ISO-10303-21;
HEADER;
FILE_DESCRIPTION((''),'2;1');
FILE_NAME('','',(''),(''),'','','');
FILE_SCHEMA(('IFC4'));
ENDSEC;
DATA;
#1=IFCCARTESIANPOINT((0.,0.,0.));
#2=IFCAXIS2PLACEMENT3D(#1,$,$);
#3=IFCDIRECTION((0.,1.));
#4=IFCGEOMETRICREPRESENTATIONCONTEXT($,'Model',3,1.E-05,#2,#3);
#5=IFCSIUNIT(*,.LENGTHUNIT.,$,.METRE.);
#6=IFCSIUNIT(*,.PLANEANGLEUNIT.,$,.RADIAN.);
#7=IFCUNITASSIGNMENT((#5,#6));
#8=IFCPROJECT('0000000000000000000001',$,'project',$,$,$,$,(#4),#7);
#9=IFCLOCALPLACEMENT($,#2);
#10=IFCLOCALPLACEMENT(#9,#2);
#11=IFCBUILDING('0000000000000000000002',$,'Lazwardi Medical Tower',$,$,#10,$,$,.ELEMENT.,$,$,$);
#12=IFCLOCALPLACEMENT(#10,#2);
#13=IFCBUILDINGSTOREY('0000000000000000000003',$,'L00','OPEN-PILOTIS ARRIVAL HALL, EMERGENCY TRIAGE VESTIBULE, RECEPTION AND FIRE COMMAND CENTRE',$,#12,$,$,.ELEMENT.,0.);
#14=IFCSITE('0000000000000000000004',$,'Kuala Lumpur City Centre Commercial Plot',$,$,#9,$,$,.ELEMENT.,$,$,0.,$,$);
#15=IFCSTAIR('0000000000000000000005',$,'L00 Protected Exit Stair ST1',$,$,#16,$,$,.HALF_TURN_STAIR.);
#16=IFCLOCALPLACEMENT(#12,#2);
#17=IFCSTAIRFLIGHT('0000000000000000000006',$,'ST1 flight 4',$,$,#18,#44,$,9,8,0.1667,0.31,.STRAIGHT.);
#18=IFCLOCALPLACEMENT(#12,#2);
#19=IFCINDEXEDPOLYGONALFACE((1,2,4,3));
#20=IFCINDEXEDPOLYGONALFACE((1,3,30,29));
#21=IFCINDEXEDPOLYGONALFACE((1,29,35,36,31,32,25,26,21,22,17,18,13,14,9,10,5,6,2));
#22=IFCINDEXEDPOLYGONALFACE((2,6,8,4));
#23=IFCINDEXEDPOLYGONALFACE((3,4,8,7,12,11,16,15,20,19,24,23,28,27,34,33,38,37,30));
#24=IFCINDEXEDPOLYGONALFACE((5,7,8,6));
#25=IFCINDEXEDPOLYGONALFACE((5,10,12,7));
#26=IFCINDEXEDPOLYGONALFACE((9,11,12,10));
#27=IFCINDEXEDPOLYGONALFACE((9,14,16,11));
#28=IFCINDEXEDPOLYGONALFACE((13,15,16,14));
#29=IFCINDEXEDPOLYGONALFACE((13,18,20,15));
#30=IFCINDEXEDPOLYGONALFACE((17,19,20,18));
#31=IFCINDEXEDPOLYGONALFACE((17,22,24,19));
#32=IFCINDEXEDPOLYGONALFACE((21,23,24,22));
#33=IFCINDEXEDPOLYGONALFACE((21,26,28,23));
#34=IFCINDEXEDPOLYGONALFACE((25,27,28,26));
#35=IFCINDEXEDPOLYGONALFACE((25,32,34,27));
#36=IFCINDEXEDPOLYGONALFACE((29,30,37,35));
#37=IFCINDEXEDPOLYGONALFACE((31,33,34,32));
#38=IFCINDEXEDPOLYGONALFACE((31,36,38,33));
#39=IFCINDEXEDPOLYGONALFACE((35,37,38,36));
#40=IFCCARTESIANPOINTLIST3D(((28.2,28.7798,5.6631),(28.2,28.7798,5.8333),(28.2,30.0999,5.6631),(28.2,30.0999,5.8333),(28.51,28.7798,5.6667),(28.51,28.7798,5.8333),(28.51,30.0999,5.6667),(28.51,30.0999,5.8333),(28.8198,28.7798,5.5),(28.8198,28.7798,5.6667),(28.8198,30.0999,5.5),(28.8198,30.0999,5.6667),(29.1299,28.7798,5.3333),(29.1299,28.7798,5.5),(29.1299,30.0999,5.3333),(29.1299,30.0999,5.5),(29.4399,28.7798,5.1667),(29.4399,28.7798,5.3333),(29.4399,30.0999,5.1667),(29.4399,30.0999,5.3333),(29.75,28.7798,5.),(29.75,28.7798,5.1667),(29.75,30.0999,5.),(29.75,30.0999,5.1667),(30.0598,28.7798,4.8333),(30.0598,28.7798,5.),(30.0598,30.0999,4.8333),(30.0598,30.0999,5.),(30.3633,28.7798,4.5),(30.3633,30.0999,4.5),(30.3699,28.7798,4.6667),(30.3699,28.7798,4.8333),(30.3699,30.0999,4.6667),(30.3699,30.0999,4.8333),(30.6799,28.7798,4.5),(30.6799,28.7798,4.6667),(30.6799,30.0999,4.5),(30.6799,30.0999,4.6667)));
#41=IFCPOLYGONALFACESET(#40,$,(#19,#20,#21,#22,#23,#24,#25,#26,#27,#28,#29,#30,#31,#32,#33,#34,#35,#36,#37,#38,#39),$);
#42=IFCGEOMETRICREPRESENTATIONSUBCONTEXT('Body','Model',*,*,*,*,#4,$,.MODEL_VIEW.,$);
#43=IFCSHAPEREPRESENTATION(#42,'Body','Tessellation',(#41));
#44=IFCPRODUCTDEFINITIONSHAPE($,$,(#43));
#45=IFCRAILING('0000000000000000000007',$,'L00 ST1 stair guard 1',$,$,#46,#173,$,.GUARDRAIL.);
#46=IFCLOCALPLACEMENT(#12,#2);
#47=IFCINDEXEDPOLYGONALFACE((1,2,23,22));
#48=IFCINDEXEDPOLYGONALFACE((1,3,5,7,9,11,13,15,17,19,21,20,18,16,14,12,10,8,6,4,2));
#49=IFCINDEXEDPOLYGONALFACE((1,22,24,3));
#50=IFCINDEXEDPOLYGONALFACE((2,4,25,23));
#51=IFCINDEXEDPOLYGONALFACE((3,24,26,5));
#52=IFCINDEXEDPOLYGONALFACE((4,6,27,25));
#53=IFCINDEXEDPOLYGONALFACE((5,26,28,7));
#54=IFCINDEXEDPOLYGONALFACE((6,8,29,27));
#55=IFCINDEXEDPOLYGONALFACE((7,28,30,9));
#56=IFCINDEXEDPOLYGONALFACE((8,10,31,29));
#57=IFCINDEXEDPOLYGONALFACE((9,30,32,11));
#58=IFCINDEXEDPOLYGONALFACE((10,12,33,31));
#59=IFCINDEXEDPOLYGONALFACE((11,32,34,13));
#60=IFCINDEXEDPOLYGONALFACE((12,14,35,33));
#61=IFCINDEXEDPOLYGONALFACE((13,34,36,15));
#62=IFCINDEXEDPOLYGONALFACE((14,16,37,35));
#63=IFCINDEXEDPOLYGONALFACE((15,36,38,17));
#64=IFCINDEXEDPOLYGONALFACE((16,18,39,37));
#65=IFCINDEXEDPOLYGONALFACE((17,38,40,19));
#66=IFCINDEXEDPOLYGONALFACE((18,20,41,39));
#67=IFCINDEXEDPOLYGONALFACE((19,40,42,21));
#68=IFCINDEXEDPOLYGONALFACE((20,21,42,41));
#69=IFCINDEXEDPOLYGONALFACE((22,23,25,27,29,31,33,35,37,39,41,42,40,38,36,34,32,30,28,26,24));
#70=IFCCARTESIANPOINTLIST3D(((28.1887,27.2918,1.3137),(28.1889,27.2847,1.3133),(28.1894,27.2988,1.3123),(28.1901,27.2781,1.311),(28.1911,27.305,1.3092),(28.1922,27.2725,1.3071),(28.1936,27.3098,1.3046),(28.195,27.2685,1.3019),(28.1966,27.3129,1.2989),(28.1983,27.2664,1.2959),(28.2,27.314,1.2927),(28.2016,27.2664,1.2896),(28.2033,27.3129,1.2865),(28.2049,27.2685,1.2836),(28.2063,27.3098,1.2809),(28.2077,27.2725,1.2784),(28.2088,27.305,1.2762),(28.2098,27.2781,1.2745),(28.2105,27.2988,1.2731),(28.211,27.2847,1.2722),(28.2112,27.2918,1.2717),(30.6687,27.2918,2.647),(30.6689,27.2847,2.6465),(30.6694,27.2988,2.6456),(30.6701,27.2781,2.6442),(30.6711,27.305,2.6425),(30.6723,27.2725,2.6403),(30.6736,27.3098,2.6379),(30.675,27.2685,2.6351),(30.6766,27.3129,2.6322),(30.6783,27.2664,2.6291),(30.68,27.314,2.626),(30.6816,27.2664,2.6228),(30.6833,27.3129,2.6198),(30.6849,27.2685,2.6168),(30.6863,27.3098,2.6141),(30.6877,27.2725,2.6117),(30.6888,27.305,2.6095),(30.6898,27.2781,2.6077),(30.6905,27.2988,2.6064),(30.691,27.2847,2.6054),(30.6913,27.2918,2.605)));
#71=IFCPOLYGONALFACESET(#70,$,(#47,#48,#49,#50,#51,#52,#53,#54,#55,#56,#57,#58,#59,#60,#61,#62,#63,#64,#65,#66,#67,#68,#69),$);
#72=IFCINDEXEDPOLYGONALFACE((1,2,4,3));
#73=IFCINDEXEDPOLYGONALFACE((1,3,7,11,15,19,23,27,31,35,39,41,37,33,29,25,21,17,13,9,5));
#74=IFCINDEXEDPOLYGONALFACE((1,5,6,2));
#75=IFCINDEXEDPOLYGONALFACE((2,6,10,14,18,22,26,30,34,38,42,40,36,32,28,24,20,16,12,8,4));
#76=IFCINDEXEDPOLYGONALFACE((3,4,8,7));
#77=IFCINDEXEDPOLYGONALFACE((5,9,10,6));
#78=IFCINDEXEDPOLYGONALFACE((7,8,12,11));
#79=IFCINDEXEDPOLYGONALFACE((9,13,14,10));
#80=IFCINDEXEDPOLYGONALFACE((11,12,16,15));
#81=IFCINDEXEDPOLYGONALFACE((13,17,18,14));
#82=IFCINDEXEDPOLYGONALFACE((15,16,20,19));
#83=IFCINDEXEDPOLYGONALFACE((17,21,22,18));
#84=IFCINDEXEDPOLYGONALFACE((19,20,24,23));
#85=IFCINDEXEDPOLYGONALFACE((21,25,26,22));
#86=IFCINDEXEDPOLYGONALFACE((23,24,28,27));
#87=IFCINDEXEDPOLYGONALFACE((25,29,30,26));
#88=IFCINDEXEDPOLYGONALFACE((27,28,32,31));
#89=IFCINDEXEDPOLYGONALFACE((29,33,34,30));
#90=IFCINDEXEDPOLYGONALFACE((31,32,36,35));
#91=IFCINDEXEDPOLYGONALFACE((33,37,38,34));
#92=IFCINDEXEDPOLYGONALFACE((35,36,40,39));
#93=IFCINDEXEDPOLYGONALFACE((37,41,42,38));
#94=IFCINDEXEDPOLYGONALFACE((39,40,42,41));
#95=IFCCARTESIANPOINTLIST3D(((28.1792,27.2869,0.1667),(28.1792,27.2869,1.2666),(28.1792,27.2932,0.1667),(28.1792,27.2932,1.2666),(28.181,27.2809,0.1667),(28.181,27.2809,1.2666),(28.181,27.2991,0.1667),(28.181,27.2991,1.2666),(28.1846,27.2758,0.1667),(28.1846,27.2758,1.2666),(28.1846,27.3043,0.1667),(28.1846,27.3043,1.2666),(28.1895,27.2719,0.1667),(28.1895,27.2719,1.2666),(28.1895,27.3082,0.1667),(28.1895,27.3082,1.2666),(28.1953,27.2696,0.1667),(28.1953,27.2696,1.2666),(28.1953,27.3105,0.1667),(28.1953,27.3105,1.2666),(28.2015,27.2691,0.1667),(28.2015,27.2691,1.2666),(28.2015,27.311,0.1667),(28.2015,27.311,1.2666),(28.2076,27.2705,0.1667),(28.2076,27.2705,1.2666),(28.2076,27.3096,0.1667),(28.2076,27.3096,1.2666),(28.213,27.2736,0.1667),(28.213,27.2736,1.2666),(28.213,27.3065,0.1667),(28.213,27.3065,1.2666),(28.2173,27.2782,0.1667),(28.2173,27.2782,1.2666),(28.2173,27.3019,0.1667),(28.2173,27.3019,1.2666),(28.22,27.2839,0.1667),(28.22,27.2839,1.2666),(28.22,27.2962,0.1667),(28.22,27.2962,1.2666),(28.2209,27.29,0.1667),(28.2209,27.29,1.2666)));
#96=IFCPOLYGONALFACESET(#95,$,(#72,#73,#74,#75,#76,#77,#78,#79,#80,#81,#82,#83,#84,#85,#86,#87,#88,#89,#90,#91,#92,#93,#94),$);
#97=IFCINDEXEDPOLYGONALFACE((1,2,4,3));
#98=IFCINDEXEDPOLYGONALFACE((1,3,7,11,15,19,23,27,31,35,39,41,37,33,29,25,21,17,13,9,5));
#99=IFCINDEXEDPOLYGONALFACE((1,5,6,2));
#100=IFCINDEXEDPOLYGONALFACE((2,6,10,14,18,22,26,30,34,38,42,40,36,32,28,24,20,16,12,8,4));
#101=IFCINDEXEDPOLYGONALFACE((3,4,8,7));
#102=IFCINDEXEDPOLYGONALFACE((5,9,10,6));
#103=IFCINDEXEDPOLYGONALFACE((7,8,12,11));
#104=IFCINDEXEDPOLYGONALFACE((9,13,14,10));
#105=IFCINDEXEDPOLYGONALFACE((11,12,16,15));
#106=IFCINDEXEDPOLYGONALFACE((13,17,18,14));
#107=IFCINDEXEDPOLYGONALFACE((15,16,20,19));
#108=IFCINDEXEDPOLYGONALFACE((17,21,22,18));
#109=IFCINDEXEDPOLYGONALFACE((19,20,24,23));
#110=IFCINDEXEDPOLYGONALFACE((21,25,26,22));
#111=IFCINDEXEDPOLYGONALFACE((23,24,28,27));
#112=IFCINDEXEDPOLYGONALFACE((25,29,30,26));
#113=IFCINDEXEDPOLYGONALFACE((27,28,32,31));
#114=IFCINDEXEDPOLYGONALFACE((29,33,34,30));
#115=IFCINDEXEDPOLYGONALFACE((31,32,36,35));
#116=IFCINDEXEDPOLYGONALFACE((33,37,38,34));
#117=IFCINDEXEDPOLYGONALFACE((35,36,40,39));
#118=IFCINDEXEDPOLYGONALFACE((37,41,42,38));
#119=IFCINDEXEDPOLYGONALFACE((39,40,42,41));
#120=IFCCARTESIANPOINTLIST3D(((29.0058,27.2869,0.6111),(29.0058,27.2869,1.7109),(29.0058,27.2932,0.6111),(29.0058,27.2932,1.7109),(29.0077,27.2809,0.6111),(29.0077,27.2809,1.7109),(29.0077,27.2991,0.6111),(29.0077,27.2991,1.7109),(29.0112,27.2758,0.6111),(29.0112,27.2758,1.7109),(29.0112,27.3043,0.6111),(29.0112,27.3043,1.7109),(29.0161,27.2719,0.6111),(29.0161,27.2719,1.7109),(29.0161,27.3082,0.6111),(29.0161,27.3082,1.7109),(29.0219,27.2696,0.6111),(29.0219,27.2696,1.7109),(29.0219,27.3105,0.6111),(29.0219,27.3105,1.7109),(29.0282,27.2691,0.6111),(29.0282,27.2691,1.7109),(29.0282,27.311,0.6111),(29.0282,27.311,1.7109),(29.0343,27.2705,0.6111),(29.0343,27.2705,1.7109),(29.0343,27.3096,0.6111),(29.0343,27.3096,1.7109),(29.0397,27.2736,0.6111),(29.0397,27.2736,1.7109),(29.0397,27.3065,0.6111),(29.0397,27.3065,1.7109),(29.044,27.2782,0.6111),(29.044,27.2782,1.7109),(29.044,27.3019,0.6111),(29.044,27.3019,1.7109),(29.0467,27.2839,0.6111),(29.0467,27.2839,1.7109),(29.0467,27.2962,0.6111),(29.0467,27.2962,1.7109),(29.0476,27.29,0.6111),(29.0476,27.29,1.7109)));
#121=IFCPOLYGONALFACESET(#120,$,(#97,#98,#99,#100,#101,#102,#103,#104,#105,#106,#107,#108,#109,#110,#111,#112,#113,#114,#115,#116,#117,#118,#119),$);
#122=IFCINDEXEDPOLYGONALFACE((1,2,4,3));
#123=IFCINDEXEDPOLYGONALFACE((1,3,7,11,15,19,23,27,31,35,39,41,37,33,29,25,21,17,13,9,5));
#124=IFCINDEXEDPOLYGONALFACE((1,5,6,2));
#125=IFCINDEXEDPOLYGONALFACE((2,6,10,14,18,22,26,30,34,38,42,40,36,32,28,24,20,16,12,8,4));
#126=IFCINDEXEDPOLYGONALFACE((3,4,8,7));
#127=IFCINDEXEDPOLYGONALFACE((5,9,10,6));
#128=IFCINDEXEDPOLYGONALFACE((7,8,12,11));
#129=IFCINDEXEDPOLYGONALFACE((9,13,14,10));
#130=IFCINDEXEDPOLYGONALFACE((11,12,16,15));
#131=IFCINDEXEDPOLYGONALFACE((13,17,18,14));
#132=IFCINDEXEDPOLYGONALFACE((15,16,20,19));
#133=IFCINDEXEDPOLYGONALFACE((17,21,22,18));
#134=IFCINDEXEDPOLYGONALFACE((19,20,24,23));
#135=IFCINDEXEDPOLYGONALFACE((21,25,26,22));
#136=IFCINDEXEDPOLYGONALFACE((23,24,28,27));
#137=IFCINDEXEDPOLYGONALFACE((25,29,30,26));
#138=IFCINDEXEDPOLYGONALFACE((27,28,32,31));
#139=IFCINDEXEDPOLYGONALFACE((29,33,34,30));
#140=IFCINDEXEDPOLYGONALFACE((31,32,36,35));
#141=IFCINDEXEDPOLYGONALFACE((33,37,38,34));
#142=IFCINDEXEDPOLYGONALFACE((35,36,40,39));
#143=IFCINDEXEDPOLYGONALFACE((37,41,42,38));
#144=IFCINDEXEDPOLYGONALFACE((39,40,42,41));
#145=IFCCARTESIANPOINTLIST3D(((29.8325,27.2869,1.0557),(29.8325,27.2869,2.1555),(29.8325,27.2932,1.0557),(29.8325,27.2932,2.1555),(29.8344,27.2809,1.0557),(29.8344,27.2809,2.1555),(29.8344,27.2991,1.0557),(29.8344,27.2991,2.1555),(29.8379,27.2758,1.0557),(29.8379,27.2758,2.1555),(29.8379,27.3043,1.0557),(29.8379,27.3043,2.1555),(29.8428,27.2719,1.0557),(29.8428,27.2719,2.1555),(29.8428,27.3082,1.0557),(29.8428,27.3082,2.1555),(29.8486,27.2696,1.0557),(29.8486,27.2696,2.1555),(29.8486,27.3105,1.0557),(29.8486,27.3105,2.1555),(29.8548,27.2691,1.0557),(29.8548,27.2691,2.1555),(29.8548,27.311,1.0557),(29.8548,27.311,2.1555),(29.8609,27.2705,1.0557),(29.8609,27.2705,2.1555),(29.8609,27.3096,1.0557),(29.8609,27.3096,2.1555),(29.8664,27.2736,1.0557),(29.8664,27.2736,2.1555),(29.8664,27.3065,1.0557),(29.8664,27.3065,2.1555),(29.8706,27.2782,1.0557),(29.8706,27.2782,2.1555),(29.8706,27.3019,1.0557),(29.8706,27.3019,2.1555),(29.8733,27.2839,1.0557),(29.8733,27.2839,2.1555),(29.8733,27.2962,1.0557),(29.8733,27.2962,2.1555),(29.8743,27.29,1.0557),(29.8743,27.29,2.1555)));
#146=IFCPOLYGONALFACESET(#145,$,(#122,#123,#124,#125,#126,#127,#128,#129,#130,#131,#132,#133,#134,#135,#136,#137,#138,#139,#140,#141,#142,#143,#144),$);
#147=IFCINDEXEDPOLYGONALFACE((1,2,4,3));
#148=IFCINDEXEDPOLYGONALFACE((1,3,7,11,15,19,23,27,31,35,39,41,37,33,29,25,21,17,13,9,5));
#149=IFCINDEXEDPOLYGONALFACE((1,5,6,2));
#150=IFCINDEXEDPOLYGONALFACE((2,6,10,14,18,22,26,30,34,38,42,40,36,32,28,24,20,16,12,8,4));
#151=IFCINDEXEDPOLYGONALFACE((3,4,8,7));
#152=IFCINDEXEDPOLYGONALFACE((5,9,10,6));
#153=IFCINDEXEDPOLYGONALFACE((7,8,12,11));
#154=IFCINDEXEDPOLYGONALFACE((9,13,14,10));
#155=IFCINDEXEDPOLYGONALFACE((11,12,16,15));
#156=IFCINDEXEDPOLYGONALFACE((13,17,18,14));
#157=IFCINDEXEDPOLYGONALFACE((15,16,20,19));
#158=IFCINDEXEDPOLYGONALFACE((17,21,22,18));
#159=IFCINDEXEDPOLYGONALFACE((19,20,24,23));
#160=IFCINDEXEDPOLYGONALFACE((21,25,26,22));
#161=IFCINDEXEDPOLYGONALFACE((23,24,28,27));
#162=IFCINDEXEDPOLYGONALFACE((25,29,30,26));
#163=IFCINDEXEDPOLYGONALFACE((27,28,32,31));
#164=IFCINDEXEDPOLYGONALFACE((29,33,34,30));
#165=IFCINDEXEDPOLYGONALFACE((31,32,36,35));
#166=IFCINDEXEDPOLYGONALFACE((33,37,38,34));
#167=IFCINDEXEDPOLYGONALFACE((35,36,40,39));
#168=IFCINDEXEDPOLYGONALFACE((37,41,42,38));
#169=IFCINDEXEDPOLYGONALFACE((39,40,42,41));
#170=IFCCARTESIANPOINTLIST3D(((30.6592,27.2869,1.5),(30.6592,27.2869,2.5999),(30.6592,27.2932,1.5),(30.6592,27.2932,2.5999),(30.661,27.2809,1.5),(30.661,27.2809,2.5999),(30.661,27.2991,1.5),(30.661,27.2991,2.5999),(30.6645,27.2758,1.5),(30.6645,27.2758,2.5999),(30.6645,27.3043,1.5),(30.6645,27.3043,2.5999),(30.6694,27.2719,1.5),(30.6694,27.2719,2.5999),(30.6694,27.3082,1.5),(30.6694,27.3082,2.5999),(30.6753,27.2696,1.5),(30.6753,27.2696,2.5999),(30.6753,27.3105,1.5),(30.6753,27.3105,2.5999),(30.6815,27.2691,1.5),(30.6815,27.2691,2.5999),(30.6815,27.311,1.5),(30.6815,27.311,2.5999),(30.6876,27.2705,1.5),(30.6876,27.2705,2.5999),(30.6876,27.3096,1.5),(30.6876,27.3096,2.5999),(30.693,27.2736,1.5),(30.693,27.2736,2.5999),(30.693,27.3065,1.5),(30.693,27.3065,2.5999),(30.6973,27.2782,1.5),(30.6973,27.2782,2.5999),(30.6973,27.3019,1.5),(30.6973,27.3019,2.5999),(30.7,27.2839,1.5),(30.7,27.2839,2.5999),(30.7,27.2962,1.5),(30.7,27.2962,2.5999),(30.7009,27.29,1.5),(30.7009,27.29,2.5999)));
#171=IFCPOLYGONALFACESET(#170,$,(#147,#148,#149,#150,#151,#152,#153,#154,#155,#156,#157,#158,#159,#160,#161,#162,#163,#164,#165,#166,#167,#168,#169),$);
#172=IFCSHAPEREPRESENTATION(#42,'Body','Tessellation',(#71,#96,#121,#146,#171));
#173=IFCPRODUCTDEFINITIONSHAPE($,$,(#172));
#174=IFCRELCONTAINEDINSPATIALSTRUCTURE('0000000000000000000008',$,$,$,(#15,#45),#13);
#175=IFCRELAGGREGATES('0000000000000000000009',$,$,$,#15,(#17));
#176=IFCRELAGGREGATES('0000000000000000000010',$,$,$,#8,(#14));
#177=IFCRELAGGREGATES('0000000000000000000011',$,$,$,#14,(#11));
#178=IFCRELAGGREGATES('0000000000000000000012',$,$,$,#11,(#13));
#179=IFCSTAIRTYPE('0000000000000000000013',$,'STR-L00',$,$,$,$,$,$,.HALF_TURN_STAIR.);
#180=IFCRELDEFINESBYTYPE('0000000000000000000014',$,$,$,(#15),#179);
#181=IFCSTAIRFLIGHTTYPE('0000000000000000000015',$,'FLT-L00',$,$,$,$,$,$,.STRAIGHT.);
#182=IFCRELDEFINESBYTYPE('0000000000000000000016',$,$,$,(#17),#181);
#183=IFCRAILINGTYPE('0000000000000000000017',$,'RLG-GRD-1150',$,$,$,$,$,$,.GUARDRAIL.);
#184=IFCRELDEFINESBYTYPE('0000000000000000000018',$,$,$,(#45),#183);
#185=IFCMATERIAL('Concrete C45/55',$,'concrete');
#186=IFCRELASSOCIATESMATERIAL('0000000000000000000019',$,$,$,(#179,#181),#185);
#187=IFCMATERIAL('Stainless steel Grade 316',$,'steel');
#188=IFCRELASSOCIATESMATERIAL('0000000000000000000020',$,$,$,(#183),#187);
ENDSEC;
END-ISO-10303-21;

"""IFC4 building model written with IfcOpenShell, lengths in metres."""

from ifc_helpers import new_model, si_unit, direction, frame, origin, origin_2d, place, context, subcontext, project, spatial, polyline, circle, outline, extrude, material, type_object, element, aggregate, save


model = new_model("IFC4")

# Units and contexts
model_context = context("Model", 3, precision=1e-05, world=origin(), true_north=direction((0.0, 1.0)))
body_context = subcontext(model_context, "Body", "Model", "MODEL_VIEW")
ifc_project = project(units=[si_unit("LENGTHUNIT", "METRE"), si_unit("PLANEANGLEUNIT", "RADIAN")], contexts=[model_context])

# Site, building, storey
site_placement = place(None, origin())
site = spatial("IfcSite", under=ifc_project, at=site_placement, Name="Kuala Lumpur City Centre Commercial Plot", CompositionType="ELEMENT", RefElevation=0.0)
building_placement = place(site_placement, origin())
building = spatial("IfcBuilding", under=site, at=building_placement, Name="Lazwardi Medical Tower", CompositionType="ELEMENT")
storey_placement = place(building_placement, origin())
storey = spatial("IfcBuildingStorey", under=building, at=storey_placement, Name="L00", Description="OPEN-PILOTIS ARRIVAL HALL, EMERGENCY TRIAGE VESTIBULE, RECEPTION AND FIRE COMMAND CENTRE", CompositionType="ELEMENT", Elevation=0.0)

# Stair, stair flight
ifc_material_1 = material(Name="Concrete C45/55", Category="concrete")
stair_type = type_object("IfcStairType", Name="STR-L00", PredefinedType="HALF_TURN_STAIR", material=ifc_material_1)
stair_placement = place(storey_placement, origin())
stair = element("IfcStair", 1, at=stair_placement, inside=storey, type_object=stair_type, Name="L00 Protected Exit Stair ST1", PredefinedType="HALF_TURN_STAIR")
stair_flight_type = type_object("IfcStairFlightType", Name="FLT-L00", PredefinedType="STRAIGHT", material=ifc_material_1)
stair_flight_1_placement = place(storey_placement, frame((30.6799, 29.4399, 4.5), z_axis=(0.0, 0.0, 1.0), x_axis=(-1.0, 0.0, 0.0)))
stair_flight_1 = element("IfcStairFlight", 2, at=stair_flight_1_placement, type_object=stair_flight_type, Name="ST1 flight 4", NumberOfRisers=9, NumberOfTreads=8, PredefinedType="STRAIGHT", RiserHeight=0.1667, TreadLength=0.31, context=body_context, shape_type="SweptSolid", body=[
    extrude(outline(polyline([(0.0, 0.0), (0.0, 0.1667), (0.3101, 0.1667), (0.3101, 0.3333), (0.6201, 0.3333), (0.6201, 0.5), (0.9299, 0.5), (0.9299, 0.6667), (1.24, 0.6667), (1.24, 0.8333), (1.55, 0.8333), (1.55, 1.0), (1.8601, 1.0), (1.8601, 1.1667), (2.1699, 1.1667), (2.1699, 1.3333), (2.48, 1.3333), (2.48, 1.5), (2.48, 1.1631), (0.3167, 0.0), (0.0, 0.0)])), frame((0.0, 0.6602, 0.0), z_axis=(0.0, -1.0, 0.0), x_axis=(1.0, 0.0, 0.0)), (0.0, 0.0, 1.0), 1.3201),
])
aggregate(stair, [stair_flight_1])

# Railing
ifc_material_2 = material(Name="Stainless steel Grade 316", Category="steel")
railing_type_1 = type_object("IfcRailingType", Name="RLG-GRD-1150", PredefinedType="GUARDRAIL", material=ifc_material_2)
railing_1_placement = place(storey_placement, frame((28.2, 27.29, 0.1667)))
element("IfcRailing", 3, at=railing_1_placement, inside=storey, type_object=railing_type_1, Name="L00 ST1 stair guard 1", PredefinedType="GUARDRAIL", context=body_context, shape_type="SweptSolid", body=[
    extrude(circle(Radius=0.0239, at=origin_2d()), frame((0.0, 0.0, 1.126), z_axis=(0.880786, 0.0, 0.473515), x_axis=(0.0, 1.0, 0.0)), (0.0, 0.0, 1.0), 2.8157),
    extrude(circle(Radius=0.021, at=origin_2d()), origin(), (0.0, 0.0, 1.0), 1.0999),
    extrude(circle(Radius=0.021, at=origin_2d()), frame((0.8267, 0.0, 0.4443)), (0.0, 0.0, 1.0), 1.0999),
    extrude(circle(Radius=0.021, at=origin_2d()), frame((1.6533, 0.0, 0.8889)), (0.0, 0.0, 1.0), 1.0999),
    extrude(circle(Radius=0.021, at=origin_2d()), frame((2.48, 0.0, 1.3333)), (0.0, 0.0, 1.0), 1.0999),
])

save(model, "model.ifc")
